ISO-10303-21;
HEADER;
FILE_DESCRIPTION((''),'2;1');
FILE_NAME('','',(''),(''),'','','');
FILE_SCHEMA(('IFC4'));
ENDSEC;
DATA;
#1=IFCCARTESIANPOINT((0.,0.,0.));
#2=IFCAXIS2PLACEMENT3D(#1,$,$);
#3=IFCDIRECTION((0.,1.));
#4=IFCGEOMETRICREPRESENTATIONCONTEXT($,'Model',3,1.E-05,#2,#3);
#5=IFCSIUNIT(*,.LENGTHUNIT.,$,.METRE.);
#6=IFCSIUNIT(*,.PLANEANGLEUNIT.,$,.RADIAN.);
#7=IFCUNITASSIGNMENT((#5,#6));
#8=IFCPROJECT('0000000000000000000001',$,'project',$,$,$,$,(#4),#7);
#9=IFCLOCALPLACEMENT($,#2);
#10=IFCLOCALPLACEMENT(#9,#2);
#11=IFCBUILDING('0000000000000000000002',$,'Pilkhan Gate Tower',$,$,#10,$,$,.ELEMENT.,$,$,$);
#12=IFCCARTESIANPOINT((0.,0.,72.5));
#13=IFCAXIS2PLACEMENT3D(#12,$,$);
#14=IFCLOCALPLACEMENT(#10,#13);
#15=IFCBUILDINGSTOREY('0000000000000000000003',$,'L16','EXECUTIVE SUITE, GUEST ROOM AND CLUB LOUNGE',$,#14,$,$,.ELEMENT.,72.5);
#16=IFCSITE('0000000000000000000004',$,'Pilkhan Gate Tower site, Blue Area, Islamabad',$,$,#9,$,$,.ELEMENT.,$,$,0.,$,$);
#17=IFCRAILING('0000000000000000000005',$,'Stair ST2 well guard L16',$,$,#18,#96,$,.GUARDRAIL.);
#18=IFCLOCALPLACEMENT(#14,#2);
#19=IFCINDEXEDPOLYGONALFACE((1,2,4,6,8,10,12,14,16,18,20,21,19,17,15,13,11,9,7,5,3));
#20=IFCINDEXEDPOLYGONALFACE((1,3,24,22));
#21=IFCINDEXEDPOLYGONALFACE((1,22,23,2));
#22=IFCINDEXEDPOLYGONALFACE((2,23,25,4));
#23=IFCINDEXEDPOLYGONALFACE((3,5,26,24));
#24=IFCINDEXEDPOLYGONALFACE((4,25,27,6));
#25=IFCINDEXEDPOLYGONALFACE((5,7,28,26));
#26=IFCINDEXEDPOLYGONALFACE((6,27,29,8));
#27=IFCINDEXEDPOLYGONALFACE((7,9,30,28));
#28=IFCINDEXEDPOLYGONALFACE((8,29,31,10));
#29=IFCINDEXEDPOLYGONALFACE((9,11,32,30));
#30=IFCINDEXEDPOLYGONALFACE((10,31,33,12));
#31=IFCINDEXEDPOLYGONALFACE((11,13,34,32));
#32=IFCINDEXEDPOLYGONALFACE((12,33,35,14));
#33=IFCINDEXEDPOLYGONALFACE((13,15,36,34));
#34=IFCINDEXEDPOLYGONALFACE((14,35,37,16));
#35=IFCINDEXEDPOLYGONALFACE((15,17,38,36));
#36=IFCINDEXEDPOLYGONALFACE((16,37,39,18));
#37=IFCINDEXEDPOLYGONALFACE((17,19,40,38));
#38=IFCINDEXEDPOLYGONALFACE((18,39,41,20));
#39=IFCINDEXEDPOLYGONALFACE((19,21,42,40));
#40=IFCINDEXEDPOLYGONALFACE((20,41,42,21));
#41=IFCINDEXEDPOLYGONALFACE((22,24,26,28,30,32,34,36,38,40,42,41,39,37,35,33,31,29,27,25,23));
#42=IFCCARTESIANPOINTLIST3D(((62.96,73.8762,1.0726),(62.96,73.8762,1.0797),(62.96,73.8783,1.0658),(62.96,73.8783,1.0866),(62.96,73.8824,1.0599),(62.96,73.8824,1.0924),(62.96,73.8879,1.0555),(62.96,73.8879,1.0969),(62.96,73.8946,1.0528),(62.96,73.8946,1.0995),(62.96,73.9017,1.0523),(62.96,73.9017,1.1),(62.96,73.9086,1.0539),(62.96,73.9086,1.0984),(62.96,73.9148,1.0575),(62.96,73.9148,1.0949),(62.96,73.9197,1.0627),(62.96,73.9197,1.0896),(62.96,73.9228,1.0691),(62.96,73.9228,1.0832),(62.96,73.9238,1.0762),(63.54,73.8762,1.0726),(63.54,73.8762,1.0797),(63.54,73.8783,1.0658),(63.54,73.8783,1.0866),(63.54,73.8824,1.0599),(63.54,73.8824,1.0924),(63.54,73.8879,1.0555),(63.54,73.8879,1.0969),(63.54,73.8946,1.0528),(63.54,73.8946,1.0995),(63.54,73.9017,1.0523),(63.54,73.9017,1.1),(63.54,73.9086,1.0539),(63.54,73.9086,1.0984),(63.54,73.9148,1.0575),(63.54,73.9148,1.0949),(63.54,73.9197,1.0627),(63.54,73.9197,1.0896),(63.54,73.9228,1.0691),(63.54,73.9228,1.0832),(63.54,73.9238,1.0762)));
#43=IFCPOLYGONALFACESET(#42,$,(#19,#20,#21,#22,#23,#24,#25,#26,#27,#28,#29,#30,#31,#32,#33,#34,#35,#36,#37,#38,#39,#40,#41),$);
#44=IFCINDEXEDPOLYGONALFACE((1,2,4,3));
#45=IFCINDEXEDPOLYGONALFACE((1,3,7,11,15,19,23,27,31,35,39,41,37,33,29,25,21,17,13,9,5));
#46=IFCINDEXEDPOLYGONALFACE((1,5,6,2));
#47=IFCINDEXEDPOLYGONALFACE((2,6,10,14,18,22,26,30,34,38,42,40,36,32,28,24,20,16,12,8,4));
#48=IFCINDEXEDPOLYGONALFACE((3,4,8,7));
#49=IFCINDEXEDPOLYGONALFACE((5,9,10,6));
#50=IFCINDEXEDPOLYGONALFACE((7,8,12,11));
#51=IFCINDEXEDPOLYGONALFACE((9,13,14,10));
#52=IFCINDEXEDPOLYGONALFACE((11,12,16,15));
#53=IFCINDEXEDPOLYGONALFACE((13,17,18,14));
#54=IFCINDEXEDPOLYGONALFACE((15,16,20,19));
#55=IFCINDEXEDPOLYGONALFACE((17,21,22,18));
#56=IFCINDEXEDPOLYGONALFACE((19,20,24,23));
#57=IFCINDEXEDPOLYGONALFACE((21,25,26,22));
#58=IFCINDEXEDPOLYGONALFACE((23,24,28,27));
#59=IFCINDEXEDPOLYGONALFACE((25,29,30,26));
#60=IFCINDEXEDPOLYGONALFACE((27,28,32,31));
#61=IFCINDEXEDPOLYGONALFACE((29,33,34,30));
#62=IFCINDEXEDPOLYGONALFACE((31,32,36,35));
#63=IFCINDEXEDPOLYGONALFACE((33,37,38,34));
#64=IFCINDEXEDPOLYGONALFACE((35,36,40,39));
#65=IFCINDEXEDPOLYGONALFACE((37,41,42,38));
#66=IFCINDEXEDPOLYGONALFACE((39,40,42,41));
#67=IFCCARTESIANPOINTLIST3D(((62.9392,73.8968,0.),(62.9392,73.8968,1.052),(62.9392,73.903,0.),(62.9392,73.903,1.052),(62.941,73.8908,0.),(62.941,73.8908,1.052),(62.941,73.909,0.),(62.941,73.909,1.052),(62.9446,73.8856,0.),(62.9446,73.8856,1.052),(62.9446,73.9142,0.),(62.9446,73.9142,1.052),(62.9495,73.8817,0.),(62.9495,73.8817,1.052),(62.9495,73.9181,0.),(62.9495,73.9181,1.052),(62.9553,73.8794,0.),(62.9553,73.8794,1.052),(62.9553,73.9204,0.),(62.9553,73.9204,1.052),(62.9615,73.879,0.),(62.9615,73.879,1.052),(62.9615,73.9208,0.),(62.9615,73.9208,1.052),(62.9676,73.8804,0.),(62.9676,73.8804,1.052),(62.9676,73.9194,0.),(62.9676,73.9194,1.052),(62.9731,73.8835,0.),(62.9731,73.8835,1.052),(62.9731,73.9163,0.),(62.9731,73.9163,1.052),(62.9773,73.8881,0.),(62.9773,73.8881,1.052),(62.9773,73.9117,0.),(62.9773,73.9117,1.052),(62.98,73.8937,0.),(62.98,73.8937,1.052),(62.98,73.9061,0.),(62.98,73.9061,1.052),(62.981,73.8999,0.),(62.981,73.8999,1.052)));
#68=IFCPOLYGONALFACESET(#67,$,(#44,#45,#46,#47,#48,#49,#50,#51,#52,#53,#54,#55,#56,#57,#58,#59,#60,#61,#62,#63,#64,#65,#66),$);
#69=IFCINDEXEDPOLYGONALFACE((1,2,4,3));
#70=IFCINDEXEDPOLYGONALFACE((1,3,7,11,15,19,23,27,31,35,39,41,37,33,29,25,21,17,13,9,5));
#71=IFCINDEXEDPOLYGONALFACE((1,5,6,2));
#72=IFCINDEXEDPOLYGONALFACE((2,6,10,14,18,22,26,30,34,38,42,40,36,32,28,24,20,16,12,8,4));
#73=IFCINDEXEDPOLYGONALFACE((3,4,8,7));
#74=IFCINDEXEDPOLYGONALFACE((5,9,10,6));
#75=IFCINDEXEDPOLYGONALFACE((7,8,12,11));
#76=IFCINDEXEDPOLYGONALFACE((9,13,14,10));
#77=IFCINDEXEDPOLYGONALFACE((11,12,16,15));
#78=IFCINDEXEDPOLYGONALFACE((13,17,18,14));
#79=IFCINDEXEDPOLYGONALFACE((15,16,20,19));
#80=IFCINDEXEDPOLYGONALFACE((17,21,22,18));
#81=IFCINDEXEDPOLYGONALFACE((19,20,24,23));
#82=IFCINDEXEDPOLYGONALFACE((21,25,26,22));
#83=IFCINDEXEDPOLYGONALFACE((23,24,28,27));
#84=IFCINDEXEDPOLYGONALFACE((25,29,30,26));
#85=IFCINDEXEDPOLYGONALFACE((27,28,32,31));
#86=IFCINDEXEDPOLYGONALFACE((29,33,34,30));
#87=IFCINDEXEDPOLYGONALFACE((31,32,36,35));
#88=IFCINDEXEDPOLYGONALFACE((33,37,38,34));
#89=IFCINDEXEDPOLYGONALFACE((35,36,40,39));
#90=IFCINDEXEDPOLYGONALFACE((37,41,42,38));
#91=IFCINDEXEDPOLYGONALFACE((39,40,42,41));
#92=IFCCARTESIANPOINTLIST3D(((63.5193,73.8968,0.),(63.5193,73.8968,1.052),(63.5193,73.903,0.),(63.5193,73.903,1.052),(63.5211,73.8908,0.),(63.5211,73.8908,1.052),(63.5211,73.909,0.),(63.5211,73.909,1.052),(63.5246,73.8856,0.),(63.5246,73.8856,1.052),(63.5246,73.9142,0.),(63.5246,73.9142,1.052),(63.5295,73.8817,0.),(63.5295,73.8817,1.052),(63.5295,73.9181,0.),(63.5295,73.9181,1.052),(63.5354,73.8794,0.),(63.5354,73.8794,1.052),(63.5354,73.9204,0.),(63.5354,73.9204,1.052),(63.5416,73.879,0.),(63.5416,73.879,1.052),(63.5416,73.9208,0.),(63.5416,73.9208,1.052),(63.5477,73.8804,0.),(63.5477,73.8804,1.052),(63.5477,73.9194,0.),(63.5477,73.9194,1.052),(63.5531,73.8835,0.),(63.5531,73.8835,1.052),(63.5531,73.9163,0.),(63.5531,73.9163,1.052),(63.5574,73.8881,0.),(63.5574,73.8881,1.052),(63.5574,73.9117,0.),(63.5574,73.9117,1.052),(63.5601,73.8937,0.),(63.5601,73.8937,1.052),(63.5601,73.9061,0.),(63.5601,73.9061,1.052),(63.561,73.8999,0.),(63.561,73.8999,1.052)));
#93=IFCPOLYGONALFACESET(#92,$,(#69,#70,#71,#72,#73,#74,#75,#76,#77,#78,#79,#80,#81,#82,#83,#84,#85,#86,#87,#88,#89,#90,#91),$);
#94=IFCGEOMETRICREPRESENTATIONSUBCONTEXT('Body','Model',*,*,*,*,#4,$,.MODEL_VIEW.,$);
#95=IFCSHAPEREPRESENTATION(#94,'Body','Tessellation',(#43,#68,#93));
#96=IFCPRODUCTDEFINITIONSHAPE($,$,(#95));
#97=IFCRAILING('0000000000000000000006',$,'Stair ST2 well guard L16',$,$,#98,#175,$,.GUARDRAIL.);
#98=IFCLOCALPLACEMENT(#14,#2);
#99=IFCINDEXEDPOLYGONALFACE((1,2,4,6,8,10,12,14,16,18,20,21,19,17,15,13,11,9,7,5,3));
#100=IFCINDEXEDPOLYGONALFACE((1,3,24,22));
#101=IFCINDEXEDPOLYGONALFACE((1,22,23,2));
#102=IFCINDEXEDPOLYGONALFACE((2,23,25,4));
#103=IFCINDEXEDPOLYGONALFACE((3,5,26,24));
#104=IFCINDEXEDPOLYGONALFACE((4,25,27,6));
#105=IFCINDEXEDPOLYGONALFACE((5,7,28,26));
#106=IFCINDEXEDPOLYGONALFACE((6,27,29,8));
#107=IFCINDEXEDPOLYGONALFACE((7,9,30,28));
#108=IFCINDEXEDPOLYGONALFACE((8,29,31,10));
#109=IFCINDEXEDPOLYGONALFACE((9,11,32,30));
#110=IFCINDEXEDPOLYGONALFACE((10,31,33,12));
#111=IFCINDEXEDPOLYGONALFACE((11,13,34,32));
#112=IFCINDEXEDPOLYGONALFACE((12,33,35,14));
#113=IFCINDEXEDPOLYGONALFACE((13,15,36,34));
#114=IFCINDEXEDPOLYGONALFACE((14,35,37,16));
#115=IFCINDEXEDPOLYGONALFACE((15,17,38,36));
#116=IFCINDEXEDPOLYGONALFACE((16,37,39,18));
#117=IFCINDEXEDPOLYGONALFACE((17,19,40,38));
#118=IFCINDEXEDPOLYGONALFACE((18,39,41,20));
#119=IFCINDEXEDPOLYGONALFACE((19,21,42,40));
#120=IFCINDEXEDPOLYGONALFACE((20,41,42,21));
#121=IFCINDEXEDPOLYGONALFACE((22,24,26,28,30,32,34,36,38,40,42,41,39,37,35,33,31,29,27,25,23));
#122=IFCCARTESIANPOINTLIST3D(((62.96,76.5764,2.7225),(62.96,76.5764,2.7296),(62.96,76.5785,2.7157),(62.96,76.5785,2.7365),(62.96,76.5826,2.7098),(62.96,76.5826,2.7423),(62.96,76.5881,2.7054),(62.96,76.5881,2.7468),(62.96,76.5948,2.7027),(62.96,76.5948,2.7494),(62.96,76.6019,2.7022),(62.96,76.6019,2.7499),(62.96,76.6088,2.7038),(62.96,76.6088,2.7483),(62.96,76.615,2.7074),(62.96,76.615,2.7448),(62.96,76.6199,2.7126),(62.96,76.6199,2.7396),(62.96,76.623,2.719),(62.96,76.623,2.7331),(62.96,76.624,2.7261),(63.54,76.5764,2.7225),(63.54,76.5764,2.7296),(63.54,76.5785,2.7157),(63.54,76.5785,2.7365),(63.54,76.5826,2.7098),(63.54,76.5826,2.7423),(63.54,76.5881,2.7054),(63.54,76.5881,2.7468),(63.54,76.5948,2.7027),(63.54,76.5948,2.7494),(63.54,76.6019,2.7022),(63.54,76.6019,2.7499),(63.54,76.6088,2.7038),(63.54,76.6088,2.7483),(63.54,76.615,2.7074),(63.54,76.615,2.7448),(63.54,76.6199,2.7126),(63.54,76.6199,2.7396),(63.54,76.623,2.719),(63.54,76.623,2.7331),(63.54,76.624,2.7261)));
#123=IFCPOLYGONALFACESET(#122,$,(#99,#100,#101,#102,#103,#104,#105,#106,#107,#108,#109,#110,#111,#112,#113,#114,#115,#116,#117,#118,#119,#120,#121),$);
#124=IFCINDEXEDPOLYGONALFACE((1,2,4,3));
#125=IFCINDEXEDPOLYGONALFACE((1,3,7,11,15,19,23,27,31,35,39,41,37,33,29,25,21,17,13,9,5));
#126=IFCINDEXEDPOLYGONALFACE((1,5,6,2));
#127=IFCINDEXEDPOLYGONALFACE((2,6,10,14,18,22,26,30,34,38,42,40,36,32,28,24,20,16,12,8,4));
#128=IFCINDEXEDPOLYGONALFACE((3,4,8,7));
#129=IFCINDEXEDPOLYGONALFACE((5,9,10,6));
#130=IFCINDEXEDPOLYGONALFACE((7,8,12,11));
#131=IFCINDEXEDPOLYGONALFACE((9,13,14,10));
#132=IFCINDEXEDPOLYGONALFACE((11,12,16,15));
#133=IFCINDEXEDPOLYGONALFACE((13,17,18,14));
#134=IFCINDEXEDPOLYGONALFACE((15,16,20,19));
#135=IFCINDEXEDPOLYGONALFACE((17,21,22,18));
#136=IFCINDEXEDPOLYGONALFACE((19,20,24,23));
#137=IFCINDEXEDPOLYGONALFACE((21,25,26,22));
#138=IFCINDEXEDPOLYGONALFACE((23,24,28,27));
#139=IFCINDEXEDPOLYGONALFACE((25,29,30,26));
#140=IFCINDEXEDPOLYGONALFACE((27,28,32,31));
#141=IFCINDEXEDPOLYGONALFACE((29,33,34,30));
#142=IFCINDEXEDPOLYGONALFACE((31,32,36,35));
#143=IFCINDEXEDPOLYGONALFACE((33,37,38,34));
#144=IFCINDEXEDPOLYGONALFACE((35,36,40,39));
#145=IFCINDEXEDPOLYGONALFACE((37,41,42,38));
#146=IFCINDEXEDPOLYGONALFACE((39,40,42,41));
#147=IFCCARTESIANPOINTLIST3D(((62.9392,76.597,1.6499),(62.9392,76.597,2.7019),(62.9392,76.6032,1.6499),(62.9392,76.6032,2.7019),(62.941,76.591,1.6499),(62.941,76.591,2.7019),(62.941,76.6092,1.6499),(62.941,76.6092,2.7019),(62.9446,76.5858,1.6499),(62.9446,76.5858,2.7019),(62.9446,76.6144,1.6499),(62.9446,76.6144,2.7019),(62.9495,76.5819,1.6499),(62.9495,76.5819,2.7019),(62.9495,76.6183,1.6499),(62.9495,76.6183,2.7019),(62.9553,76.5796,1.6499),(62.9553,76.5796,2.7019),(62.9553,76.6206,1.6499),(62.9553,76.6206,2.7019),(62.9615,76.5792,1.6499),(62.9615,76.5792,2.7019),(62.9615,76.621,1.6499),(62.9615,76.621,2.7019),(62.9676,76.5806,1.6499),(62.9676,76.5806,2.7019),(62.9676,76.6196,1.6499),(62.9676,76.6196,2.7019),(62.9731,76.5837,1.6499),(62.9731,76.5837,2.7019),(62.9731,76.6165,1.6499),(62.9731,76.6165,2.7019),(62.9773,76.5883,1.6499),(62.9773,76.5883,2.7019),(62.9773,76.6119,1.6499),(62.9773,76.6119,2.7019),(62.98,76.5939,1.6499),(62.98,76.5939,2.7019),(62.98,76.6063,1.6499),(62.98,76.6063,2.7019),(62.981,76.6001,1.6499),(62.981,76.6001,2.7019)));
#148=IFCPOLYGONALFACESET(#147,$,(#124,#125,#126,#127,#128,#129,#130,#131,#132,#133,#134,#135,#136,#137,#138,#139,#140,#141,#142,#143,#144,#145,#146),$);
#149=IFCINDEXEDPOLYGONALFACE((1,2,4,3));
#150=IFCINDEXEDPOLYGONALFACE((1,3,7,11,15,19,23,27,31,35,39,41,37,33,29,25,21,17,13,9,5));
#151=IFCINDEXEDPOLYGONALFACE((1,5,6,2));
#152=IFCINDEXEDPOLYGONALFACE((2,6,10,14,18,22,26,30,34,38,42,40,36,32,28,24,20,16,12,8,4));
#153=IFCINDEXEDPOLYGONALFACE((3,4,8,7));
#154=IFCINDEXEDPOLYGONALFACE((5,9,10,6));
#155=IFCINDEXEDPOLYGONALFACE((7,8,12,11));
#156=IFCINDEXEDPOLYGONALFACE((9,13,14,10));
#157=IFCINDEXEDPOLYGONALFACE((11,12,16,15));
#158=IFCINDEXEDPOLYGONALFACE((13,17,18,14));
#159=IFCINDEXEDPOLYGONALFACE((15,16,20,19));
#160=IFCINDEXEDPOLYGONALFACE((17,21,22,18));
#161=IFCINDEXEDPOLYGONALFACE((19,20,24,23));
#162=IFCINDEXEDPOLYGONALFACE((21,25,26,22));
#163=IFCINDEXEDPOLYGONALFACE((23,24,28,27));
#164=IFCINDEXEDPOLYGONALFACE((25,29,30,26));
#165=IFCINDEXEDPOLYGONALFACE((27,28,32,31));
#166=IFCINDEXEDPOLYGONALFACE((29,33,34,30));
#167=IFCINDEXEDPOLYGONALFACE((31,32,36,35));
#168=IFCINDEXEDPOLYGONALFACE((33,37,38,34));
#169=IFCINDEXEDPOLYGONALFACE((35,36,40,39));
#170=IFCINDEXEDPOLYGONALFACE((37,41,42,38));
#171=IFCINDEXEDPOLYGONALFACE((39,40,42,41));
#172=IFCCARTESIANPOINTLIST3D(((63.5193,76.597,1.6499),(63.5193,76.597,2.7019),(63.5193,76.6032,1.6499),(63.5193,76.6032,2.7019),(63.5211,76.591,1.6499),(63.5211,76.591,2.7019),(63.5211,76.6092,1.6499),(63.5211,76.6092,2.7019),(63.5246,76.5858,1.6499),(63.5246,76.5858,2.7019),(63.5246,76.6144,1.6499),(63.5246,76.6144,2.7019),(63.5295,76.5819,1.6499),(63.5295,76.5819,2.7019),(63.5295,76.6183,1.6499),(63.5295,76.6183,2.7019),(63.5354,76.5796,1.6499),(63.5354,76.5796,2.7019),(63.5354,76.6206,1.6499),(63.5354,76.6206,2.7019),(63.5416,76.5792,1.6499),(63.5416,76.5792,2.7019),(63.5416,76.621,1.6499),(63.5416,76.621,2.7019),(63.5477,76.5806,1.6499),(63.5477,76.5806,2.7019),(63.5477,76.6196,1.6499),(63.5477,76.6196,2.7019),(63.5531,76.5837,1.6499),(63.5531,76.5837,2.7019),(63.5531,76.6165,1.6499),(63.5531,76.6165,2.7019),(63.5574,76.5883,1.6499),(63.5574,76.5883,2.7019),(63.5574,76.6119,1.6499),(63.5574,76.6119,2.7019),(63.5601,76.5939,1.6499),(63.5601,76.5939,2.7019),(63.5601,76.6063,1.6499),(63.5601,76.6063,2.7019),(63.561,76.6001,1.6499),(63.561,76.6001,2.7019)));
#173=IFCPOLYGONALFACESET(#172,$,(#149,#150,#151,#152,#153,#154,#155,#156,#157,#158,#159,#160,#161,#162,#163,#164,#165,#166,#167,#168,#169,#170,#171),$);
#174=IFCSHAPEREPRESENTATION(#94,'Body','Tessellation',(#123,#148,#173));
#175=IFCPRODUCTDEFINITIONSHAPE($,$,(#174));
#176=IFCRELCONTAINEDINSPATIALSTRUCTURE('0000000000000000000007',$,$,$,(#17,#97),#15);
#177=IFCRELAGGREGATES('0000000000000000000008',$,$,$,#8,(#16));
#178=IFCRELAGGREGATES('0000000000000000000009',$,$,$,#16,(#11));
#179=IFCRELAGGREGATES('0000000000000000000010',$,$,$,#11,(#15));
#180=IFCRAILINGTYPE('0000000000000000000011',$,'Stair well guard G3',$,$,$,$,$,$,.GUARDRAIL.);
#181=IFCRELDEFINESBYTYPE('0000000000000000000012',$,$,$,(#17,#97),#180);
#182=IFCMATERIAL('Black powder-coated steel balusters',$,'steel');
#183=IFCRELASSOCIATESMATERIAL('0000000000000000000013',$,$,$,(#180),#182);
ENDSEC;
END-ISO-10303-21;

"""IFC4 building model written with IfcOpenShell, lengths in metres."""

from ifc_helpers import new_model, si_unit, direction, frame, origin, origin_2d, place, context, subcontext, project, spatial, circle, extrude, material, type_object, element, save


model = new_model("IFC4")

# Units and contexts
model_context = context("Model", 3, precision=1e-05, world=origin(), true_north=direction((0.0, 1.0)))
body_context = subcontext(model_context, "Body", "Model", "MODEL_VIEW")
ifc_project = project(units=[si_unit("LENGTHUNIT", "METRE"), si_unit("PLANEANGLEUNIT", "RADIAN")], contexts=[model_context])

# Site, building, storey
site_placement = place(None, origin())
site = spatial("IfcSite", under=ifc_project, at=site_placement, Name="Pilkhan Gate Tower site, Blue Area, Islamabad", CompositionType="ELEMENT", RefElevation=0.0)
building_placement = place(site_placement, origin())
building = spatial("IfcBuilding", under=site, at=building_placement, Name="Pilkhan Gate Tower", CompositionType="ELEMENT")
storey_placement = place(building_placement, frame((0.0, 0.0, 72.5)))
storey = spatial("IfcBuildingStorey", under=building, at=storey_placement, Name="L16", Description="EXECUTIVE SUITE, GUEST ROOM AND CLUB LOUNGE", CompositionType="ELEMENT", Elevation=72.5)

# Railings
ifc_material_1 = material(Name="Black powder-coated steel balusters", Category="steel")
railing_type_1 = type_object("IfcRailingType", Name="Stair well guard G3", PredefinedType="GUARDRAIL", material=ifc_material_1)
for number, where, name in (
    (1, (62.96, 73.8999, 0.0), "Stair ST2 well guard L16"),
    (2, (62.96, 76.6001, 1.6499), "Stair ST2 well guard L16"),
):
    element("IfcRailing", number, at=place(storey_placement, frame(where)), inside=storey, type_object=railing_type_1, Name=name, PredefinedType="GUARDRAIL", context=body_context, shape_type="SweptSolid", body=[
        extrude(circle(Radius=0.0239, at=origin_2d()), frame((0.0, 0.0, 1.0762), z_axis=(1.0, 0.0, 0.0), x_axis=(0.0, 1.0, 0.0)), (0.0, 0.0, 1.0), 0.5801),
        extrude(circle(Radius=0.021, at=origin_2d()), origin(), (0.0, 0.0, 1.0), 1.052),
        extrude(circle(Radius=0.021, at=origin_2d()), frame((0.5801, 0.0, 0.0)), (0.0, 0.0, 1.0), 1.052),
    ])

save(model, "model.ifc")
